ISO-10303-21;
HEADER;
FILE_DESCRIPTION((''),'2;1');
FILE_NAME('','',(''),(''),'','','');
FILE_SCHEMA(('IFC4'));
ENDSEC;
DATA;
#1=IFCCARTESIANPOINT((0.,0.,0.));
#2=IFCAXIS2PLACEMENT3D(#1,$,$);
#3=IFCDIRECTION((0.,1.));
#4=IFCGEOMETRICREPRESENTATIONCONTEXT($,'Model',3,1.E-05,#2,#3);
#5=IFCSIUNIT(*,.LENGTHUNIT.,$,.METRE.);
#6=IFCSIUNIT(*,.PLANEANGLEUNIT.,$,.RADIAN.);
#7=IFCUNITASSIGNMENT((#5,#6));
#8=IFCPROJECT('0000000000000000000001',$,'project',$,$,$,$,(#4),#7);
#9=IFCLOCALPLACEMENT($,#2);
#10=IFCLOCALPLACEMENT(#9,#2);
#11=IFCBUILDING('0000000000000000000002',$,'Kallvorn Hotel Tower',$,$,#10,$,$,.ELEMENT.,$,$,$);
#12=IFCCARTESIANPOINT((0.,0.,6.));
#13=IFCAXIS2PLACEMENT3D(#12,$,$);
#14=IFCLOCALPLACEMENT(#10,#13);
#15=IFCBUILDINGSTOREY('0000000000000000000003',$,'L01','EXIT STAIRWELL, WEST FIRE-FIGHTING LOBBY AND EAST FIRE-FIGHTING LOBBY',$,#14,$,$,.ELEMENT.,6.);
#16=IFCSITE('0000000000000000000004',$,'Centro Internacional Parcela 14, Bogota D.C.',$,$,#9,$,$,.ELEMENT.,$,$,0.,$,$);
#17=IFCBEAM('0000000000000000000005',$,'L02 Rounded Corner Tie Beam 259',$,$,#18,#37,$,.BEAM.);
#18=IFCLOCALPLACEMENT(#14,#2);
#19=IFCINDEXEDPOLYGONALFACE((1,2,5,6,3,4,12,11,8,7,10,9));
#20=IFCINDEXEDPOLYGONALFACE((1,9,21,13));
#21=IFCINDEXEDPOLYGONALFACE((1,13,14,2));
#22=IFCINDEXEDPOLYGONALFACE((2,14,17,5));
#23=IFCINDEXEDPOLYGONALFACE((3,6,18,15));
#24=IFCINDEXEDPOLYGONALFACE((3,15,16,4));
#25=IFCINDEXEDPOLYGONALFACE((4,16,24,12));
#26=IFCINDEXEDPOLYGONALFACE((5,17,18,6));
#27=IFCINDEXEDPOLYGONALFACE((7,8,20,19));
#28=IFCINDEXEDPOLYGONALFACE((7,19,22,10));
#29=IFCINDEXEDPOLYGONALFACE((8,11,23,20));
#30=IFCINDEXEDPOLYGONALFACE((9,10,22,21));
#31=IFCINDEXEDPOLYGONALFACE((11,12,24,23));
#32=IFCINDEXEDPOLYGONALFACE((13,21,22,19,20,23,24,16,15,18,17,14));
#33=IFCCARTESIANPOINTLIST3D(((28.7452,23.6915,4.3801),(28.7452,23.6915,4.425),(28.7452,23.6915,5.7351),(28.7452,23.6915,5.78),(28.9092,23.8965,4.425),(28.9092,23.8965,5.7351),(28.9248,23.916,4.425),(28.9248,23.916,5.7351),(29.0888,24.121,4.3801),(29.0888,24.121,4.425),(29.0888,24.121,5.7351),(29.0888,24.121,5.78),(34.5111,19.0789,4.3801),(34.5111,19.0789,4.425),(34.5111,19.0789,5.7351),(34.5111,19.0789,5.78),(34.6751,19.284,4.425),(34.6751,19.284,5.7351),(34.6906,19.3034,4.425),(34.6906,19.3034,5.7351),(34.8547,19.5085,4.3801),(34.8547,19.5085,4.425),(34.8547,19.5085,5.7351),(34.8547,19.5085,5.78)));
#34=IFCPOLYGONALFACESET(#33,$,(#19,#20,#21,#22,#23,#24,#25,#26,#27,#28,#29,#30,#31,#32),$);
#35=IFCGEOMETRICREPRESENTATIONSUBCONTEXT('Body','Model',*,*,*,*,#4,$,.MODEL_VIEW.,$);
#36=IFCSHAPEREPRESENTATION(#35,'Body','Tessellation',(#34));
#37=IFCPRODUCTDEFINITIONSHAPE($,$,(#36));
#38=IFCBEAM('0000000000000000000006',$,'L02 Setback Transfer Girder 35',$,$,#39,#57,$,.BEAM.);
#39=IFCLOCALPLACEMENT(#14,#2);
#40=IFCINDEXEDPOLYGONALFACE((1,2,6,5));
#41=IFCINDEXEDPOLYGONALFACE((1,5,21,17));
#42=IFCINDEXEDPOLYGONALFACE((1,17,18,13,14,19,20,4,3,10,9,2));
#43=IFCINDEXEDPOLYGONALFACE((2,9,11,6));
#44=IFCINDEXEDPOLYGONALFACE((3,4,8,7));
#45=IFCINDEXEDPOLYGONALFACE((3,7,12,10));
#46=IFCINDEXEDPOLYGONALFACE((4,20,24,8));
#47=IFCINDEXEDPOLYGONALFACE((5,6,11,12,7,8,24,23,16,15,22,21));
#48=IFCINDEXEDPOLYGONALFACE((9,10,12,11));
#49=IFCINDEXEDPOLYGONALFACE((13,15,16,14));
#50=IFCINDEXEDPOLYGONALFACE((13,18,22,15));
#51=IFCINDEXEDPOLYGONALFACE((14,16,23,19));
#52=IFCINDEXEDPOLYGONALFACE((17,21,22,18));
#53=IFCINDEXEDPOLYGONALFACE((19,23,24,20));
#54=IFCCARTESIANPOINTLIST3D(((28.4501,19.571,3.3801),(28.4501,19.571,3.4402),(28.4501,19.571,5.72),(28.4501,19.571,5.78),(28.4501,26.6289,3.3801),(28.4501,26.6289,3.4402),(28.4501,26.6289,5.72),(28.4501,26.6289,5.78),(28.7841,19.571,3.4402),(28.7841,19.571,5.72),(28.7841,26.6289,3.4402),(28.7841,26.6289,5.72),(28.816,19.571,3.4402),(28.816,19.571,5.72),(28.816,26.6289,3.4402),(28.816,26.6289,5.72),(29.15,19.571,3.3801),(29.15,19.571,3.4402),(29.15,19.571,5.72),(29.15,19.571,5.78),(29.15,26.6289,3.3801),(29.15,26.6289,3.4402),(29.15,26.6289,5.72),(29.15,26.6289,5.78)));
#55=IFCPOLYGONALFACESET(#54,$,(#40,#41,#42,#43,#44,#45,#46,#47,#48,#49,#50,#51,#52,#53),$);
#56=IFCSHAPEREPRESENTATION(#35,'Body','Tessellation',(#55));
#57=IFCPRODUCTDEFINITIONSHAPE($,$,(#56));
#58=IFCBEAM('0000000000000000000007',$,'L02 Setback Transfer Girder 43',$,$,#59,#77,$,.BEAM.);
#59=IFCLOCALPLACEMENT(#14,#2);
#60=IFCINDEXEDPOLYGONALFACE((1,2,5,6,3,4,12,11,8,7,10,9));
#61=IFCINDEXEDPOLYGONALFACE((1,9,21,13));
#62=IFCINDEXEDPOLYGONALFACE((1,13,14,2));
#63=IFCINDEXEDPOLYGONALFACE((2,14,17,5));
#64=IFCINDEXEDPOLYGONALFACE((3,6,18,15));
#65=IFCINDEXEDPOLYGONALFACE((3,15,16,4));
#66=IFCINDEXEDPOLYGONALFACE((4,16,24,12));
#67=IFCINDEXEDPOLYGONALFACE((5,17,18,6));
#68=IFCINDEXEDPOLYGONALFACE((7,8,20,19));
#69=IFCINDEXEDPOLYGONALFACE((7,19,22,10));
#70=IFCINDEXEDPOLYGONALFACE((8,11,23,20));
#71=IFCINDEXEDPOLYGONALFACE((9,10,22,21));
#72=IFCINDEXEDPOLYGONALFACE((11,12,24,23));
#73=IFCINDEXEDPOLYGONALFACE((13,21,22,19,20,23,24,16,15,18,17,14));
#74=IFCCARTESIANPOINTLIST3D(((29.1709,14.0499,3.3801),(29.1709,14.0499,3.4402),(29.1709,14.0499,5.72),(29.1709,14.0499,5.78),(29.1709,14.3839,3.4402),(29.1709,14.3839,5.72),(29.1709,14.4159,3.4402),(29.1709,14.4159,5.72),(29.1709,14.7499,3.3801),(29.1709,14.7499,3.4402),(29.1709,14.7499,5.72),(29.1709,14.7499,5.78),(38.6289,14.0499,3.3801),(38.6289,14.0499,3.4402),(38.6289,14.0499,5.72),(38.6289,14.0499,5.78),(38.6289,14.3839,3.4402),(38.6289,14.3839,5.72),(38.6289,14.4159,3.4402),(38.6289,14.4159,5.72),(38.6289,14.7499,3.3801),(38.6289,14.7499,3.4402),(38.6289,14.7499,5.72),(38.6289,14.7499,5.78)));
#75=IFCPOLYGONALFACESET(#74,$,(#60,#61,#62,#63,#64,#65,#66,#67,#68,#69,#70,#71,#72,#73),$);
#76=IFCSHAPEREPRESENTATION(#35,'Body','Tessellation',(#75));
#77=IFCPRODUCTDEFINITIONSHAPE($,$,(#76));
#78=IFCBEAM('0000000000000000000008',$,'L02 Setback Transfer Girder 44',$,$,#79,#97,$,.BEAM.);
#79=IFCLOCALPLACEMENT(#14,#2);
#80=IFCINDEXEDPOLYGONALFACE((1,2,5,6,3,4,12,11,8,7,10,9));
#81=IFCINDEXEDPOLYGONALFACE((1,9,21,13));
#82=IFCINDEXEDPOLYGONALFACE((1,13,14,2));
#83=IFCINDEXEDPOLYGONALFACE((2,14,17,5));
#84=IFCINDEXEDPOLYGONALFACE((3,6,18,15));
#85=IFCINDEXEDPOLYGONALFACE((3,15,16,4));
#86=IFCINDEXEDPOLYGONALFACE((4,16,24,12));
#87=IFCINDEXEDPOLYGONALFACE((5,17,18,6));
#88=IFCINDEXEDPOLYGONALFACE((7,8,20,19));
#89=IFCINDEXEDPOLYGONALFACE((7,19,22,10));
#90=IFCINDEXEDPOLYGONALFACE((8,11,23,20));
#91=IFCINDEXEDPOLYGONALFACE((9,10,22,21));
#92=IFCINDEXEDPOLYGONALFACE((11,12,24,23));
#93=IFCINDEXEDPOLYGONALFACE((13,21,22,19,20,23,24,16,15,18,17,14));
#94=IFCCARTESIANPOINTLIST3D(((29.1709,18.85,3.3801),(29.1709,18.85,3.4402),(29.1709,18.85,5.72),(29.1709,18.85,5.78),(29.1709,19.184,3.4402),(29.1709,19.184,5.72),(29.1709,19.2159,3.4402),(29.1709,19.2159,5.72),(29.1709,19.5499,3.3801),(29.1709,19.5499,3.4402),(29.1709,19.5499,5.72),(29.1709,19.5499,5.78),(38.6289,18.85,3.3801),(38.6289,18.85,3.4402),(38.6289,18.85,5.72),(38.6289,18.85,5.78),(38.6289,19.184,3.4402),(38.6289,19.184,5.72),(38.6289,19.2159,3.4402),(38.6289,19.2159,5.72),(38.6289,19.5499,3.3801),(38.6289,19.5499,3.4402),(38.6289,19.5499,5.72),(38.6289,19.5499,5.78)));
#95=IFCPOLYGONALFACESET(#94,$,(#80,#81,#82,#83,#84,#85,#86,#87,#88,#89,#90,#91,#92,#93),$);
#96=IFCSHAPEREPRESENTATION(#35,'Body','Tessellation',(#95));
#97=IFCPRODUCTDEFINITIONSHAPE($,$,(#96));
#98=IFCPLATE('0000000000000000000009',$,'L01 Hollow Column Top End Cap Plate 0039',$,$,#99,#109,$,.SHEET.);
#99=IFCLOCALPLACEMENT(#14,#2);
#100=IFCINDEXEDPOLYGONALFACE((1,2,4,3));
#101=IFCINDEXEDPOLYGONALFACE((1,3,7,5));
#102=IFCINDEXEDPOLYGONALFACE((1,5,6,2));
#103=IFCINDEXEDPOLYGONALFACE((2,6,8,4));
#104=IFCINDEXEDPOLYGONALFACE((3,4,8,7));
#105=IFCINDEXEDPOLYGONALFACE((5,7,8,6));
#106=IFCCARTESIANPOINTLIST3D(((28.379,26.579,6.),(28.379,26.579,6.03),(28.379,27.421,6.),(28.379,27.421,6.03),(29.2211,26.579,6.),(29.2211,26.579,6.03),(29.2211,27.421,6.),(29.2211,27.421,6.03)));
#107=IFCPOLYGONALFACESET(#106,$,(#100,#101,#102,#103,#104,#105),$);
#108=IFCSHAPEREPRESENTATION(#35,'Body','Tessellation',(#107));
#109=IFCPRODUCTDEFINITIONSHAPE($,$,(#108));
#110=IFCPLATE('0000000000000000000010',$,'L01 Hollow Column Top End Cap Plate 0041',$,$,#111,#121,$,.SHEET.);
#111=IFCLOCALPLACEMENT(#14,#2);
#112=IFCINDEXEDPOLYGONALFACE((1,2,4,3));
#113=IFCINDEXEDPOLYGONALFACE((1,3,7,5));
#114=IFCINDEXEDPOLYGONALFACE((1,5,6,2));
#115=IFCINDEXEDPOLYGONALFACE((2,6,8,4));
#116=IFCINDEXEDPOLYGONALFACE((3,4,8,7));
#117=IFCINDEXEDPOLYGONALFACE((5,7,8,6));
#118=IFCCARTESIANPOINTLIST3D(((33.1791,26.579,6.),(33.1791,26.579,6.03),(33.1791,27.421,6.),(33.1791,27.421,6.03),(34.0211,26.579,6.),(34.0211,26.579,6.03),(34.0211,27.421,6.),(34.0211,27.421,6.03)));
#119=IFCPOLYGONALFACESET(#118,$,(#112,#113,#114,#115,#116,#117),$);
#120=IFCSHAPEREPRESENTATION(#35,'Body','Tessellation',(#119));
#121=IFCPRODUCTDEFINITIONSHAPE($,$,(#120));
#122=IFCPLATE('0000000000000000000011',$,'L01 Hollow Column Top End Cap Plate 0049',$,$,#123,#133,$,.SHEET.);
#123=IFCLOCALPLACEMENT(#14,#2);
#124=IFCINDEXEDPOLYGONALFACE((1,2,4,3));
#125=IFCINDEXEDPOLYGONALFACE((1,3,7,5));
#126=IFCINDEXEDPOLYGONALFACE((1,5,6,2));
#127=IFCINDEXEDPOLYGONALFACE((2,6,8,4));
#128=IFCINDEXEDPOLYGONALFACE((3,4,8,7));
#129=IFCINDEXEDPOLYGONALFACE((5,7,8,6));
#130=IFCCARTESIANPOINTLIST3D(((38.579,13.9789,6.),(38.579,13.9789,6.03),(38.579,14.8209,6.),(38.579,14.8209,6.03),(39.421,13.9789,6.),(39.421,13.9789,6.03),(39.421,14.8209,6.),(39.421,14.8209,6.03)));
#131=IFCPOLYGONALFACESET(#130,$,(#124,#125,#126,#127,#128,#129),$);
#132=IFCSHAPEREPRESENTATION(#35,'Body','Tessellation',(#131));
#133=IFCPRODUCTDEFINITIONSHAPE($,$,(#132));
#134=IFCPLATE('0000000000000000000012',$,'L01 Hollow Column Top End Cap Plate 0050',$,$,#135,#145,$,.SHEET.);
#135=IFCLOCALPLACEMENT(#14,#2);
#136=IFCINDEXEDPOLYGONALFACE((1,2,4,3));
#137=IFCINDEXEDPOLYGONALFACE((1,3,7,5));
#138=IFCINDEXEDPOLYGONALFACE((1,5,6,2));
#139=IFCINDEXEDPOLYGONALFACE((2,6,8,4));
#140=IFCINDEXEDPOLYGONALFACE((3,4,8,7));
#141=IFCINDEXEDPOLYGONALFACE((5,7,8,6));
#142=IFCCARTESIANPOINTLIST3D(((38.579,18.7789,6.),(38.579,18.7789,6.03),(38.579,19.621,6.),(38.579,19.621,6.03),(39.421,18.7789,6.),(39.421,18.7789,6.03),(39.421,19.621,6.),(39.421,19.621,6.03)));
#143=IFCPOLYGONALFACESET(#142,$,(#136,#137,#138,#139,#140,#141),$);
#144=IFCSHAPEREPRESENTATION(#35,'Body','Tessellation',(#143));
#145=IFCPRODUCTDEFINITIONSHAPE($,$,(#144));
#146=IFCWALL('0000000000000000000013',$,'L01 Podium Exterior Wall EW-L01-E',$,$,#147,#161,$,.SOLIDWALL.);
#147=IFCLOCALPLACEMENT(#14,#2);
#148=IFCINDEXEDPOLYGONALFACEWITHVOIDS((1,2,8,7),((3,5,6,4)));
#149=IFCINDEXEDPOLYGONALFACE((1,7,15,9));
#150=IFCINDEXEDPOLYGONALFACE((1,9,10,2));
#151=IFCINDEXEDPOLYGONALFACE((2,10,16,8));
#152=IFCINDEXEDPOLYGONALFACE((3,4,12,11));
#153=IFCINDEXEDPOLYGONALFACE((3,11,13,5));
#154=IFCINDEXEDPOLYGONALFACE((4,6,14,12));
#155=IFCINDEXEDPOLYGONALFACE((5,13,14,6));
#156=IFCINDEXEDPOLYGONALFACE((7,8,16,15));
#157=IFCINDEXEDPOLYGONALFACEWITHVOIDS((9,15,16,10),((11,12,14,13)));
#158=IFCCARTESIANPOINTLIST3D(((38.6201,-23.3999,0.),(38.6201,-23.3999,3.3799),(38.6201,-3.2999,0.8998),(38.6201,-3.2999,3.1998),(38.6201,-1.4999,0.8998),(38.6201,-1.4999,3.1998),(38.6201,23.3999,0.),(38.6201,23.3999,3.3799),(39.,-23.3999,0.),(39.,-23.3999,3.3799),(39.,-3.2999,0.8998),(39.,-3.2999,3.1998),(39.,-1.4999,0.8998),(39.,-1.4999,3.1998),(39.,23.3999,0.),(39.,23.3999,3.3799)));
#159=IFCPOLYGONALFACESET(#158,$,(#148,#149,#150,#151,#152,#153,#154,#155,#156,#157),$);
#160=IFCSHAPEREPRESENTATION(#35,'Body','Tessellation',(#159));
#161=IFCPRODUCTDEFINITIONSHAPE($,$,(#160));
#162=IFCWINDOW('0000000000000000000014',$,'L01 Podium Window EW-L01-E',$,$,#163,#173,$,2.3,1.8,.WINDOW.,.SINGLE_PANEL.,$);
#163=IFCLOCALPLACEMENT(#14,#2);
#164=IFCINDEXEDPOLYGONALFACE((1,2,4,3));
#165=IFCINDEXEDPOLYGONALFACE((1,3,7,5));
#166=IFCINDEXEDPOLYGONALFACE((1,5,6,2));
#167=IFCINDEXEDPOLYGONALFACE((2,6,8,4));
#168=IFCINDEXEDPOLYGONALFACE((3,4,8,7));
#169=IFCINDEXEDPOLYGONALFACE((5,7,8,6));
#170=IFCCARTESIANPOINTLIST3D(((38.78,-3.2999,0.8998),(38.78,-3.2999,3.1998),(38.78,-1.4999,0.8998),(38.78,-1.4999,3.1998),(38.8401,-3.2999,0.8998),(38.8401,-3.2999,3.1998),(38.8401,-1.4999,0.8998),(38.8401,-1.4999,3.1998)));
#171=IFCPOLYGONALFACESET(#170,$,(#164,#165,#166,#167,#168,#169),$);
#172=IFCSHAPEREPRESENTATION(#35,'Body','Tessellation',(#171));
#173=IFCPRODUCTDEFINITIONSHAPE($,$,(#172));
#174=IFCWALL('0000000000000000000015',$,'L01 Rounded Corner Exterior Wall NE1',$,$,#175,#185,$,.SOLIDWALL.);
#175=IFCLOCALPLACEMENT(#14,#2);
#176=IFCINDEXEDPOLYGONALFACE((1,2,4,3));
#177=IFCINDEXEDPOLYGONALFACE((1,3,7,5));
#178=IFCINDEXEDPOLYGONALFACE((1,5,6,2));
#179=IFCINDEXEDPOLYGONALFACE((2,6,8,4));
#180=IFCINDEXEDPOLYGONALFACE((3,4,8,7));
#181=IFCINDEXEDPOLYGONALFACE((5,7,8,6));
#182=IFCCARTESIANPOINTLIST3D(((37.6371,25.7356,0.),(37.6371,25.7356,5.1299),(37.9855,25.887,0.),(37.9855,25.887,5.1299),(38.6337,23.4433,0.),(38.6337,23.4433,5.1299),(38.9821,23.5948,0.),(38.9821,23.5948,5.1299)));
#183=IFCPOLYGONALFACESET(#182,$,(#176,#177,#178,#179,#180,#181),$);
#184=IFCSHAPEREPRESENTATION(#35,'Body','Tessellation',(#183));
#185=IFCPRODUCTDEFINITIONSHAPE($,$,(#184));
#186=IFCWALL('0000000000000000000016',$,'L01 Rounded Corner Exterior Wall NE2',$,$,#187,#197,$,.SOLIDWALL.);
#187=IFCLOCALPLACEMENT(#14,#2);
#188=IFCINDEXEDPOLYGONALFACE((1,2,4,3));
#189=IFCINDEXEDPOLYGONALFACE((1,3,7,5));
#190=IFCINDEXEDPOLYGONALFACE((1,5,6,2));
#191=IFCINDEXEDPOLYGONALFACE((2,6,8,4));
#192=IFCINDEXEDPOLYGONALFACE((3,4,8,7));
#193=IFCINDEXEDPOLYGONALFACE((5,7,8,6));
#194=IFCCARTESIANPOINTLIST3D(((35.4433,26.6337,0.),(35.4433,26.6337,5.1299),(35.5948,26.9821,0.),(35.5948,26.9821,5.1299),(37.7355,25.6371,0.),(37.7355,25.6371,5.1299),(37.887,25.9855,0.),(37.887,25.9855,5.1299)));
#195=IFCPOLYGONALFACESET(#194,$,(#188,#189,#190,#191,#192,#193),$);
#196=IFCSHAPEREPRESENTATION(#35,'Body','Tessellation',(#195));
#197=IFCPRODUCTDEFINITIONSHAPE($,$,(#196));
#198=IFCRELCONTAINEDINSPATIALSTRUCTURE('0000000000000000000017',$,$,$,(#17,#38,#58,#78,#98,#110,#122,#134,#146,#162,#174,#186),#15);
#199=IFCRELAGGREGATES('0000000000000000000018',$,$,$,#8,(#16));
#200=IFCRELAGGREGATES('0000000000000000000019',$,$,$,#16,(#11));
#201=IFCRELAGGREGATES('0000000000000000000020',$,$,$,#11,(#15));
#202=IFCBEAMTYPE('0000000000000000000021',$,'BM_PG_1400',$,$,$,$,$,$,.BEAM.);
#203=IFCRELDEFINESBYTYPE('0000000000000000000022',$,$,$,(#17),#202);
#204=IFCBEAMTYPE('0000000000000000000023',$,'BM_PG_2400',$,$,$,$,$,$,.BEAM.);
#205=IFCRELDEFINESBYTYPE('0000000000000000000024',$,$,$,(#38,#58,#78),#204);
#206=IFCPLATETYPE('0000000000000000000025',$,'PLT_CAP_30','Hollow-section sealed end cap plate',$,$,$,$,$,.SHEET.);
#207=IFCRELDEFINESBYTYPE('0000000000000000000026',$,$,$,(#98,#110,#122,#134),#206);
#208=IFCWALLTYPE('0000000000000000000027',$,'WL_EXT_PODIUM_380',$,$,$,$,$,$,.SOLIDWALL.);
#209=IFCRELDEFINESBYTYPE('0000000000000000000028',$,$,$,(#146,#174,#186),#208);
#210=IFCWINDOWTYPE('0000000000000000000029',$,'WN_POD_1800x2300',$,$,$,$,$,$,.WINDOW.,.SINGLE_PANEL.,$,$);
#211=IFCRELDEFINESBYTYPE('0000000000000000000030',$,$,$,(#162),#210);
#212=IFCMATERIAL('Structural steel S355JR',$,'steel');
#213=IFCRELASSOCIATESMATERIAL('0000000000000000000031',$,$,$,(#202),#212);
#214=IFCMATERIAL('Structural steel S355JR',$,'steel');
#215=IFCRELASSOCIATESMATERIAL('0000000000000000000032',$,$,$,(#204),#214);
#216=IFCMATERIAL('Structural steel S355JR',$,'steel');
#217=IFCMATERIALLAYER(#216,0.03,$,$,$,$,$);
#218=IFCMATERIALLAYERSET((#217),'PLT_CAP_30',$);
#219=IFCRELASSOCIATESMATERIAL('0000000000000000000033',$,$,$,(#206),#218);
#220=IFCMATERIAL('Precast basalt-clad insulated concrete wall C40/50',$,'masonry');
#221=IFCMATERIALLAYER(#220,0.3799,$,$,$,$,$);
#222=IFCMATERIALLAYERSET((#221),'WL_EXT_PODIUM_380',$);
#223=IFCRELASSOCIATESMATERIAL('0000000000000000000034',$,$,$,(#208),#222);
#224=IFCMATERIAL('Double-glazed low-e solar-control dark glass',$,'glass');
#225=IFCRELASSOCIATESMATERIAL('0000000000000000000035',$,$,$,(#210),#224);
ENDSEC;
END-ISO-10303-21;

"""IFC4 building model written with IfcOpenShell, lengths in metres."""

from ifc_helpers import new_model, si_unit, direction, frame, frame_2d, origin, origin_2d, place, context, subcontext, project, spatial, rectangle, i_section, extrude, material, layer, layer_set, material_profile, profile_set, type_object, element, fill, save


model = new_model("IFC4")

# Units and contexts
model_context = context("Model", 3, precision=1e-05, world=origin(), true_north=direction((0.0, 1.0)))
body_context = subcontext(model_context, "Body", "Model", "MODEL_VIEW")
ifc_project = project(units=[si_unit("LENGTHUNIT", "METRE"), si_unit("PLANEANGLEUNIT", "RADIAN")], contexts=[model_context])

# Site, building, storey
site_placement = place(None, origin())
site = spatial("IfcSite", under=ifc_project, at=site_placement, Name="Centro Internacional Parcela 14, Bogota D.C.", CompositionType="ELEMENT", RefElevation=0.0)
building_placement = place(site_placement, origin())
building = spatial("IfcBuilding", under=site, at=building_placement, Name="Kallvorn Hotel Tower", CompositionType="ELEMENT")
storey_placement = place(building_placement, frame((0.0, 0.0, 6.0)))
storey = spatial("IfcBuildingStorey", under=building, at=storey_placement, Name="L01", Description="EXIT STAIRWELL, WEST FIRE-FIGHTING LOBBY AND EAST FIRE-FIGHTING LOBBY", CompositionType="ELEMENT", Elevation=6.0)

# Beams
ifc_material_1 = material(Name="Structural steel S355JR", Category="steel")
ifc_material_profile_1 = material_profile(ifc_material_1, i_section(OverallWidth=0.55, OverallDepth=1.3999, WebThickness=0.0249, FlangeThickness=0.0449, at=origin_2d()), Name="PG 1400x550x25x45")
ifc_profile_set_1 = profile_set([ifc_material_profile_1], Name="Structural steel S355JR")
beam_type_1 = type_object("IfcBeamType", Name="BM_PG_1400", PredefinedType="BEAM", material=ifc_profile_set_1)
beam_1_placement = place(storey_placement, frame((34.6829, 19.2937, 5.0801), z_axis=(-0.780878, 0.624683, 0.0), x_axis=(-0.624683, -0.780878, 0.0)))
element("IfcBeam", 1, at=beam_1_placement, inside=storey, type_object=beam_type_1, Name="L02 Rounded Corner Tie Beam 259", PredefinedType="BEAM", context=body_context, shape_type="SweptSolid", body=[
    extrude(i_section(OverallWidth=0.55, OverallDepth=1.3999, WebThickness=0.0249, FlangeThickness=0.0449, at=origin_2d()), origin(), (0.0, 0.0, 1.0), 7.3838),
])
ifc_material_2 = material(Name="Structural steel S355JR", Category="steel")
ifc_material_profile_2 = material_profile(ifc_material_2, i_section(OverallWidth=0.7, OverallDepth=2.3999, WebThickness=0.032, FlangeThickness=0.0601, at=origin_2d()), Name="PG 2400x700x32x60")
ifc_profile_set_2 = profile_set([ifc_material_profile_2], Name="Structural steel S355JR")
beam_type_2 = type_object("IfcBeamType", Name="BM_PG_2400", PredefinedType="BEAM", material=ifc_profile_set_2)
beam_2_placement = place(storey_placement, frame((28.8, 19.571, 4.5801), z_axis=(0.0, 1.0, 0.0), x_axis=(-1.0, 0.0, 0.0)))
element("IfcBeam", 2, at=beam_2_placement, inside=storey, type_object=beam_type_2, Name="L02 Setback Transfer Girder 35", PredefinedType="BEAM", context=body_context, shape_type="SweptSolid", body=[
    extrude(i_section(OverallWidth=0.7, OverallDepth=2.3999, WebThickness=0.032, FlangeThickness=0.0601, at=origin_2d()), origin(), (0.0, 0.0, 1.0), 7.0579),
])
for number, where, z_axis, x_axis, name in (
    (3, (29.1709, 14.3999, 4.5801), (1.0, 0.0, 0.0), (0.0, 1.0, 0.0), "L02 Setback Transfer Girder 43"),
    (4, (29.1709, 19.2, 4.5801), (1.0, 0.0, 0.0), (0.0, 1.0, 0.0), "L02 Setback Transfer Girder 44"),
):
    element("IfcBeam", number, at=place(storey_placement, frame(where, z_axis=z_axis, x_axis=x_axis)), inside=storey, type_object=beam_type_2, Name=name, PredefinedType="BEAM", context=body_context, shape_type="SweptSolid", body=[
        extrude(i_section(OverallWidth=0.7, OverallDepth=2.3999, WebThickness=0.032, FlangeThickness=0.0601, at=origin_2d()), origin(), (0.0, 0.0, 1.0), 9.458),
    ])

# Plates
ifc_material_3 = material(Name="Structural steel S355JR", Category="steel")
ifc_layer_1 = layer(ifc_material_3, 0.03)
ifc_layer_set_1 = layer_set([ifc_layer_1], Name="PLT_CAP_30")
plate_type = type_object("IfcPlateType", Name="PLT_CAP_30", Description="Hollow-section sealed end cap plate", PredefinedType="SHEET", material=ifc_layer_set_1)
for number, where, z_axis, x_axis, name in (
    (5, (28.8, 27.0, 6.0), (0.0, 0.0, 1.0), (1.0, 0.0, 0.0), "L01 Hollow Column Top End Cap Plate 0039"),
    (6, (33.6001, 27.0, 6.0), (0.0, 0.0, 1.0), (1.0, 0.0, 0.0), "L01 Hollow Column Top End Cap Plate 0041"),
    (7, (39.0, 14.3999, 6.0), (0.0, 0.0, 1.0), (1.0, 0.0, 0.0), "L01 Hollow Column Top End Cap Plate 0049"),
    (8, (39.0, 19.2, 6.0), (0.0, 0.0, 1.0), (1.0, 0.0, 0.0), "L01 Hollow Column Top End Cap Plate 0050"),
):
    element("IfcPlate", number, at=place(storey_placement, frame(where, z_axis=z_axis, x_axis=x_axis)), inside=storey, type_object=plate_type, Name=name, PredefinedType="SHEET", context=body_context, shape_type="SweptSolid", body=[
        extrude(rectangle(XDim=0.842, YDim=0.842, at=origin_2d()), origin(), (0.0, 0.0, 1.0), 0.03),
    ])

# Wall, opening, window
ifc_material_4 = material(Name="Precast basalt-clad insulated concrete wall C40/50", Category="masonry")
ifc_layer_2 = layer(ifc_material_4, 0.3799)
ifc_layer_set_2 = layer_set([ifc_layer_2], Name="WL_EXT_PODIUM_380")
wall_type = type_object("IfcWallType", Name="WL_EXT_PODIUM_380", PredefinedType="SOLIDWALL", material=ifc_layer_set_2)
wall_placement = place(storey_placement, frame((38.8101, 23.3999, 0.0), z_axis=(0.0, 0.0, 1.0), x_axis=(0.0, -1.0, 0.0)))
wall = element("IfcWall", 9, at=wall_placement, inside=storey, type_object=wall_type, Name="L01 Podium Exterior Wall EW-L01-E", PredefinedType="SOLIDWALL", context=body_context, shape_type="SweptSolid", body=[
    extrude(rectangle(XDim=46.7998, YDim=0.3799, at=frame_2d((23.3999, 0.0))), origin(), (0.0, 0.0, 1.0), 3.3799),
])
opening_placement = place(wall_placement, frame((24.8999, 0.0, 0.8999)))
opening = element("IfcOpeningElement", 10, at=opening_placement, cuts=wall, PredefinedType="OPENING", context=body_context, shape_type="SweptSolid", body=[
    extrude(rectangle(XDim=1.8, YDim=2.3, at=frame_2d((0.8999, 1.1499))), frame((0.0, 0.2048, 0.0), z_axis=(0.0, -1.0, 0.0), x_axis=(1.0, 0.0, 0.0)), (0.0, 0.0, 1.0), 0.4099),
])
ifc_material_5 = material(Name="Double-glazed low-e solar-control dark glass", Category="glass")
window_type = type_object("IfcWindowType", Name="WN_POD_1800x2300", PartitioningType="SINGLE_PANEL", PredefinedType="WINDOW", material=ifc_material_5)
window_placement = place(opening_placement, origin())
window = element("IfcWindow", 11, at=window_placement, inside=storey, type_object=window_type, Name="L01 Podium Window EW-L01-E", OverallHeight=2.3, OverallWidth=1.8, PartitioningType="SINGLE_PANEL", PredefinedType="WINDOW", context=body_context, shape_type="SweptSolid", body=[
    extrude(rectangle(XDim=1.8, YDim=2.3, at=frame_2d((0.8999, 1.1499))), frame((0.0, 0.03, 0.0), z_axis=(0.0, -1.0, 0.0), x_axis=(1.0, 0.0, 0.0)), (0.0, 0.0, 1.0), 0.0601),
])
fill(opening, window)

# Walls
for number, where, z_axis, x_axis, name in (
    (12, (38.8079, 23.519, 0.0), (0.0, 0.0, 1.0), (-0.398712, 0.917076, 0.0), "L01 Rounded Corner Exterior Wall NE1"),
    (13, (37.8113, 25.8113, 0.0), (0.0, 0.0, 1.0), (-0.917076, 0.398712, 0.0), "L01 Rounded Corner Exterior Wall NE2"),
):
    element("IfcWall", number, at=place(storey_placement, frame(where, z_axis=z_axis, x_axis=x_axis)), inside=storey, type_object=wall_type, Name=name, PredefinedType="SOLIDWALL", context=body_context, shape_type="SweptSolid", body=[
        extrude(rectangle(XDim=2.4995, YDim=0.3799, at=frame_2d((1.2498, 0.0))), origin(), (0.0, 0.0, 1.0), 5.1299),
    ])

save(model, "model.ifc")
